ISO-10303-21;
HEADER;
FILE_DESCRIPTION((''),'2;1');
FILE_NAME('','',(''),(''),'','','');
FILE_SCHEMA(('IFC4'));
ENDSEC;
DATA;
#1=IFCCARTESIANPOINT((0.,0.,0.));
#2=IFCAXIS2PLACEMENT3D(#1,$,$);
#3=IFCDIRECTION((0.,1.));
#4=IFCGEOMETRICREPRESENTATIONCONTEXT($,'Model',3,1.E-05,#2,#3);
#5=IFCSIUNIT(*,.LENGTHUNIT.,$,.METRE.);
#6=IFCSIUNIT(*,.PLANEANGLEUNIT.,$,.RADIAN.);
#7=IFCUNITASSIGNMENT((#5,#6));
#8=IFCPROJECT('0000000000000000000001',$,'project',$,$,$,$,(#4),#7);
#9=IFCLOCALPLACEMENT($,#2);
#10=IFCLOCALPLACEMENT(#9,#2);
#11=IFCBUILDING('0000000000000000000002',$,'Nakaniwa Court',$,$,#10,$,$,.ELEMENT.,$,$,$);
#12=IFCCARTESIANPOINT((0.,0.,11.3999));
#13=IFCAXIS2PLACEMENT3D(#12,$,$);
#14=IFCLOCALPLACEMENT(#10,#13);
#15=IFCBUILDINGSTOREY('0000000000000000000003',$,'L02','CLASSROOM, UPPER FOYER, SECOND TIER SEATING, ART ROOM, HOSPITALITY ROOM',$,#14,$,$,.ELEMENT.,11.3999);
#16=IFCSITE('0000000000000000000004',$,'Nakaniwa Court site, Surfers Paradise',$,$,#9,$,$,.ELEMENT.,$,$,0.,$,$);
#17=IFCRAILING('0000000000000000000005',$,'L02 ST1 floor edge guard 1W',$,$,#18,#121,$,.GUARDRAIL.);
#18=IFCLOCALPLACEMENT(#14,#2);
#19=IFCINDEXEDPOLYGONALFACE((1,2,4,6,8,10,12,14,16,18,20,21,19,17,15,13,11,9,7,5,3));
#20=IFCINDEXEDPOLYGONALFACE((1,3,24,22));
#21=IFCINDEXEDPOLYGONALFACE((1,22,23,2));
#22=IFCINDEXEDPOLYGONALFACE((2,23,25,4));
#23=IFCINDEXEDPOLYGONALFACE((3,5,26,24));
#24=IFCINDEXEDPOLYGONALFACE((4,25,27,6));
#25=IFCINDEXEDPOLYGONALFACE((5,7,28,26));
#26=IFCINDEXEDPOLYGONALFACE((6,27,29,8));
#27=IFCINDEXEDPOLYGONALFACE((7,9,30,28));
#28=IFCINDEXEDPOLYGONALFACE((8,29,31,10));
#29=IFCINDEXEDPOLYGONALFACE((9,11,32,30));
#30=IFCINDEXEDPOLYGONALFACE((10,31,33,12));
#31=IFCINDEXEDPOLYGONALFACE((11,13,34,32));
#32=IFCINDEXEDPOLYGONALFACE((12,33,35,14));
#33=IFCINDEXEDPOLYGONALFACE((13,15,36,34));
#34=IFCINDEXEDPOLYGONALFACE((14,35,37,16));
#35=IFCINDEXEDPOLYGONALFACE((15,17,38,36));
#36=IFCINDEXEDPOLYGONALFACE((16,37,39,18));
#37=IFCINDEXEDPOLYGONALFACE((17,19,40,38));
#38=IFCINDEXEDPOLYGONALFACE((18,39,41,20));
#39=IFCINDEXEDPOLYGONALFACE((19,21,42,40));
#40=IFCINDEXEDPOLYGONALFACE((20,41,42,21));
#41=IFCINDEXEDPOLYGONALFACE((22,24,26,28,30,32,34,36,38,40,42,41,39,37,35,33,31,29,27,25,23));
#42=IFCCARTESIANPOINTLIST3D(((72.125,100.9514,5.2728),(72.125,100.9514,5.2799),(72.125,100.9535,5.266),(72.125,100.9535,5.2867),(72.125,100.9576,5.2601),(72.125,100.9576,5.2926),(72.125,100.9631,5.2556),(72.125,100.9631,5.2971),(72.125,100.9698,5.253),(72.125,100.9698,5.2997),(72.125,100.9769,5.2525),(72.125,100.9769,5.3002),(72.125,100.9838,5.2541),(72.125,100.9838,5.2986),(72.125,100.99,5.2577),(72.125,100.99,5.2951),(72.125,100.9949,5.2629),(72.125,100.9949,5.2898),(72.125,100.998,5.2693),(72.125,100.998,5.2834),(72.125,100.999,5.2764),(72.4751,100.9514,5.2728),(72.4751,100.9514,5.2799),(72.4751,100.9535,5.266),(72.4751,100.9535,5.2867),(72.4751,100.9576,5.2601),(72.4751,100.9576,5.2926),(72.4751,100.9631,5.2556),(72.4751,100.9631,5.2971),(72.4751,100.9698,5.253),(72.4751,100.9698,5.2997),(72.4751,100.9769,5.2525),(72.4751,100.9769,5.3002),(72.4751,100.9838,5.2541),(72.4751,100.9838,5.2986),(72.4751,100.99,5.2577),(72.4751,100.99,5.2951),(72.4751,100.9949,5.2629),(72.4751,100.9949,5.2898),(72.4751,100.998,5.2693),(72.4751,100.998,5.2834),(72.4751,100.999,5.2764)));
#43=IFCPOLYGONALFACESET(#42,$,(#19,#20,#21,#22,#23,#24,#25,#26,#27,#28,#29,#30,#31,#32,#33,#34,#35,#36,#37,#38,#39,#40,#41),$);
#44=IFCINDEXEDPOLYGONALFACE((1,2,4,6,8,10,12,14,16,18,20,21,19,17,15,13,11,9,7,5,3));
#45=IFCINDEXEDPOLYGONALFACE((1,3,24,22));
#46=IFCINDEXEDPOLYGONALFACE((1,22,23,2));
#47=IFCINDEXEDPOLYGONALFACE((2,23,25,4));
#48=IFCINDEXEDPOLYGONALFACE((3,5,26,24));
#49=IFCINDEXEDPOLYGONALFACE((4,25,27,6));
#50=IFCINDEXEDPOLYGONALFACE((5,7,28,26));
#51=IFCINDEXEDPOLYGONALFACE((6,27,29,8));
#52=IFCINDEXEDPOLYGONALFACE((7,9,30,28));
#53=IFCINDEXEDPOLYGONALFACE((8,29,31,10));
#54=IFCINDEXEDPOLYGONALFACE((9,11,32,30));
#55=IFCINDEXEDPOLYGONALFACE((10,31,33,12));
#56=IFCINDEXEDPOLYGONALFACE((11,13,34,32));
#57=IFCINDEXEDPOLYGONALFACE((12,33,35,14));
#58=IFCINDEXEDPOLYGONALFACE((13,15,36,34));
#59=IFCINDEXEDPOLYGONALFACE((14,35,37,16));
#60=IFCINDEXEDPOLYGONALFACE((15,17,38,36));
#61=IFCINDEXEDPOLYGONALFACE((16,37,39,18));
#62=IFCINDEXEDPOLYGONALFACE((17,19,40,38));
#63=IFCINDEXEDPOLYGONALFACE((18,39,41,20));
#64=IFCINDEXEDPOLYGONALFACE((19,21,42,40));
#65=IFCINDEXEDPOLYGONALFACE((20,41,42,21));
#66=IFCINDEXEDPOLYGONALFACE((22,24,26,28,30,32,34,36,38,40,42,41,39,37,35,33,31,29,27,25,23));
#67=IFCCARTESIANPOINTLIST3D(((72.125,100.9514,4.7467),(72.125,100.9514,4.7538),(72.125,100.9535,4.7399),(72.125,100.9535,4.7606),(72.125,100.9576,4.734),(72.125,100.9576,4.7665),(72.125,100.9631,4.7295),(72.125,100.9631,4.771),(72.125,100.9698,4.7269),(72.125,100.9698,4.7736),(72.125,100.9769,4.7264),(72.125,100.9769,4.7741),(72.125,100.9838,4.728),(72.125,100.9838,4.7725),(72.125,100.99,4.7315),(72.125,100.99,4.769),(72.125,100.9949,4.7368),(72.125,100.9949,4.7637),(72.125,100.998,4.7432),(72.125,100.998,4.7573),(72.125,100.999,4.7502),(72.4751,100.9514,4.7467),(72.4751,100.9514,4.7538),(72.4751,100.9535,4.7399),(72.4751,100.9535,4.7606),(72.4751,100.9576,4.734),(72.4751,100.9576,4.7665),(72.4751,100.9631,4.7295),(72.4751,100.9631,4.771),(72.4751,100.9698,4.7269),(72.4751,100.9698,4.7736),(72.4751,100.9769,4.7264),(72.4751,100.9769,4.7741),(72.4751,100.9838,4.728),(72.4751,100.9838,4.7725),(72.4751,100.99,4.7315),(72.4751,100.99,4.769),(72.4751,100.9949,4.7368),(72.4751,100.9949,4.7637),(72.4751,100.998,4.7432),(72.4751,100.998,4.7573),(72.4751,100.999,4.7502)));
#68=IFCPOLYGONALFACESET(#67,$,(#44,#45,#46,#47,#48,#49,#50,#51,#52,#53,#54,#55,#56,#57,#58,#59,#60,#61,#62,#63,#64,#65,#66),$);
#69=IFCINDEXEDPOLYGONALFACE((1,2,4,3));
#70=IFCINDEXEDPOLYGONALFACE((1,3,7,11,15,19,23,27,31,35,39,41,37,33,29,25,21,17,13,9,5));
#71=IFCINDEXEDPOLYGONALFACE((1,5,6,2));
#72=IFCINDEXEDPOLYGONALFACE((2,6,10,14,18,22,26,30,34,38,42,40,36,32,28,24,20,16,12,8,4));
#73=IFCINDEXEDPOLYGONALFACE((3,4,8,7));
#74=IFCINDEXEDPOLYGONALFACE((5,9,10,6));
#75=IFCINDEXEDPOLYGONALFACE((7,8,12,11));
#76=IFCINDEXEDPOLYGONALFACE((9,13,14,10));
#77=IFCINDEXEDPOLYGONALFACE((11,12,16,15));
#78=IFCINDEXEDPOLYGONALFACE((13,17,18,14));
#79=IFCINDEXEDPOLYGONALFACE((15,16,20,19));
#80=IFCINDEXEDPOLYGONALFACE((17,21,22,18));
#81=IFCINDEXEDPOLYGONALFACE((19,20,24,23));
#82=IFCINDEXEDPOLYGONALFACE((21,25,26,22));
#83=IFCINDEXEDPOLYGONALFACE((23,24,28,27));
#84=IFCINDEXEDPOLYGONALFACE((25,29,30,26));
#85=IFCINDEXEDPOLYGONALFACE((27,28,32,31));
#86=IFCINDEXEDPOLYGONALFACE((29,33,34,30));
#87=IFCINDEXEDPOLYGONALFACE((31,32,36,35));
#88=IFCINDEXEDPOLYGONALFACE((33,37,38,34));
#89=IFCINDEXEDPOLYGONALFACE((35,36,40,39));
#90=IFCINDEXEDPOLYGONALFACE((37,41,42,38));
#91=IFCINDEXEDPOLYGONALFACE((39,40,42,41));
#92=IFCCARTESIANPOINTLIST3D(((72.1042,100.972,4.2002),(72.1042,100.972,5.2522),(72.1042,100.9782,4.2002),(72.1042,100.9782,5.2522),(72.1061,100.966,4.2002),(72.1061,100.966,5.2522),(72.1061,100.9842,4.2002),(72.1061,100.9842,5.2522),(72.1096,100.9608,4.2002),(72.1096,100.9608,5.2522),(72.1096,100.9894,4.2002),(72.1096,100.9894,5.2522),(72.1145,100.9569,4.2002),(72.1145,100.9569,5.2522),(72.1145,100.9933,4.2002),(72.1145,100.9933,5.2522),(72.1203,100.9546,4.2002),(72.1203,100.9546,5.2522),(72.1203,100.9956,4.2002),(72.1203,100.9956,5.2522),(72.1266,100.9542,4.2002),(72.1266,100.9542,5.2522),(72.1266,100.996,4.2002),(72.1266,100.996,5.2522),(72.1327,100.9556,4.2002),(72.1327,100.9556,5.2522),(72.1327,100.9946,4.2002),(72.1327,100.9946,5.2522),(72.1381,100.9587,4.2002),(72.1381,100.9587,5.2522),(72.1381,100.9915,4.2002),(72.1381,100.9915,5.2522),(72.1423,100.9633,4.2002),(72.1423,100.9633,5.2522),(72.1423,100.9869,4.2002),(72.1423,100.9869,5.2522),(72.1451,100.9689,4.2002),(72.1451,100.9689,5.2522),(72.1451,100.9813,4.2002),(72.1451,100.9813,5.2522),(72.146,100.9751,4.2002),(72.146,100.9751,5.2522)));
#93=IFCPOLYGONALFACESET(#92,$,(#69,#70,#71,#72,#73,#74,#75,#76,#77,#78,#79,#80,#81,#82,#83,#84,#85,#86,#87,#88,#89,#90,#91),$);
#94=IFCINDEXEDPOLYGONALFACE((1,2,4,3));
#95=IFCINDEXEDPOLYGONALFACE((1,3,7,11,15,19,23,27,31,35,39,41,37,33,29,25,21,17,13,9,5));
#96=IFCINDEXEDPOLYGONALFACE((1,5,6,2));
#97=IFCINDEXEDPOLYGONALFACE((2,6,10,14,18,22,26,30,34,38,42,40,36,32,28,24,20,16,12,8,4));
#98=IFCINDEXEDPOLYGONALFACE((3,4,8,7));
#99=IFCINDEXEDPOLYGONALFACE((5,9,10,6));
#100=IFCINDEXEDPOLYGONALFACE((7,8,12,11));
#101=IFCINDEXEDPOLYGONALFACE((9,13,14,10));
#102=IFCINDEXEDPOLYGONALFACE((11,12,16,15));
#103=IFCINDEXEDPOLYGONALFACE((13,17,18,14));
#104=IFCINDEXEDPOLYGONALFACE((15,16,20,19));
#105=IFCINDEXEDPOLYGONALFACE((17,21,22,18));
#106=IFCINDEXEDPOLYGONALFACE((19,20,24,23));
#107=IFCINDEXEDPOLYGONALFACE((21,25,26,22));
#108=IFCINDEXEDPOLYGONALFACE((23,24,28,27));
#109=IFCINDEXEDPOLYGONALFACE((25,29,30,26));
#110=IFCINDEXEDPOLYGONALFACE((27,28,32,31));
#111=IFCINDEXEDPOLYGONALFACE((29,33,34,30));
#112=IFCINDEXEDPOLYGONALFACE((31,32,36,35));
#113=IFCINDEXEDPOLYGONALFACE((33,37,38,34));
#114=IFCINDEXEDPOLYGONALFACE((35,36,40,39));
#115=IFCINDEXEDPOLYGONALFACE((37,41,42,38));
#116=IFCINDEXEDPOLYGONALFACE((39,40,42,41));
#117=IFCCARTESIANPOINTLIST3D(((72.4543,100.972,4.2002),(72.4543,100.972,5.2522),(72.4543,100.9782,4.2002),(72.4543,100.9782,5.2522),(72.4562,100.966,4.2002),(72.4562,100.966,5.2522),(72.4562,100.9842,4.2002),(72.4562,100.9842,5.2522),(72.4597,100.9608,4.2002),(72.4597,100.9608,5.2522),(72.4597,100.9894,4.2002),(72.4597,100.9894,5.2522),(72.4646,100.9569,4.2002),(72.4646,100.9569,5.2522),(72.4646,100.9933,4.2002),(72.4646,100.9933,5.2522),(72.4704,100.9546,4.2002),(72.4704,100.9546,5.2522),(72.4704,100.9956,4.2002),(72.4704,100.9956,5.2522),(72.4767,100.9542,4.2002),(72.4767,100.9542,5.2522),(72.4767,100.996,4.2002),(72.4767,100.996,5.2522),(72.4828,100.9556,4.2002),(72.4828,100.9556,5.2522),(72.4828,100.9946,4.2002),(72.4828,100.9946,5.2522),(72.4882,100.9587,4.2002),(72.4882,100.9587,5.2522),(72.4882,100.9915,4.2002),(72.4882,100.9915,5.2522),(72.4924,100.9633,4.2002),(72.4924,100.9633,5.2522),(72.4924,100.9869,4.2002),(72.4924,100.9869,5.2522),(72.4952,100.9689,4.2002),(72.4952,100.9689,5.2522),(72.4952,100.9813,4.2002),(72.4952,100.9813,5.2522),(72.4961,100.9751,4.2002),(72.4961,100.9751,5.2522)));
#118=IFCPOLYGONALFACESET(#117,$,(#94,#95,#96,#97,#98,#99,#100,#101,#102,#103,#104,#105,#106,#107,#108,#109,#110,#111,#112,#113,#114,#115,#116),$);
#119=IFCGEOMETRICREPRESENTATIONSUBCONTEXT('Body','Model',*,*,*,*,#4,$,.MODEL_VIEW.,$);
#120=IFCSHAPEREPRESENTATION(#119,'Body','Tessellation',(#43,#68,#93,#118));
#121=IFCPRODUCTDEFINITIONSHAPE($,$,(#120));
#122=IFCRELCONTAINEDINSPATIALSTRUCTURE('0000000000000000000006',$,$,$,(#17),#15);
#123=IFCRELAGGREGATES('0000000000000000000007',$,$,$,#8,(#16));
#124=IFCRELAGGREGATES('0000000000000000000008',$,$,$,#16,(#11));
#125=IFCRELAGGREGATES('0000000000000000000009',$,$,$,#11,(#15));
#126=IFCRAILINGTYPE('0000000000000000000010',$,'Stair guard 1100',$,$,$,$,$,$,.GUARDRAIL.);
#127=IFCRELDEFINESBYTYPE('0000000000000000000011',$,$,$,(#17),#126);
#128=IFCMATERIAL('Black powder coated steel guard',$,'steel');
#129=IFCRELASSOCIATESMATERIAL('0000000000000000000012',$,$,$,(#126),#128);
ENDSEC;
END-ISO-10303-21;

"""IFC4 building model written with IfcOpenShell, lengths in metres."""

from ifc_helpers import new_model, si_unit, direction, frame, origin, origin_2d, place, context, subcontext, project, spatial, circle, extrude, material, type_object, element, save


model = new_model("IFC4")

# Units and contexts
model_context = context("Model", 3, precision=1e-05, world=origin(), true_north=direction((0.0, 1.0)))
body_context = subcontext(model_context, "Body", "Model", "MODEL_VIEW")
ifc_project = project(units=[si_unit("LENGTHUNIT", "METRE"), si_unit("PLANEANGLEUNIT", "RADIAN")], contexts=[model_context])

# Site, building, storey
site_placement = place(None, origin())
site = spatial("IfcSite", under=ifc_project, at=site_placement, Name="Nakaniwa Court site, Surfers Paradise", CompositionType="ELEMENT", RefElevation=0.0)
building_placement = place(site_placement, origin())
building = spatial("IfcBuilding", under=site, at=building_placement, Name="Nakaniwa Court", CompositionType="ELEMENT")
storey_placement = place(building_placement, frame((0.0, 0.0, 11.3999)))
storey = spatial("IfcBuildingStorey", under=building, at=storey_placement, Name="L02", Description="CLASSROOM, UPPER FOYER, SECOND TIER SEATING, ART ROOM, HOSPITALITY ROOM", CompositionType="ELEMENT", Elevation=11.3999)

# Railing
ifc_material_1 = material(Name="Black powder coated steel guard", Category="steel")
railing_type_1 = type_object("IfcRailingType", Name="Stair guard 1100", PredefinedType="GUARDRAIL", material=ifc_material_1)
for number, where, name in (
    (1, (72.125, 100.9751, 4.2002), "L02 ST1 floor edge guard 1W"),
):
    element("IfcRailing", number, at=place(storey_placement, frame(where)), inside=storey, type_object=railing_type_1, Name=name, PredefinedType="GUARDRAIL", context=body_context, shape_type="SweptSolid", body=[
        extrude(circle(Radius=0.0239, at=origin_2d()), frame((0.0, 0.0, 1.0762), z_axis=(1.0, 0.0, 0.0), x_axis=(0.0, 1.0, 0.0)), (0.0, 0.0, 1.0), 0.3501),
        extrude(circle(Radius=0.0239, at=origin_2d()), frame((0.0, 0.0, 0.55), z_axis=(1.0, 0.0, 0.0), x_axis=(0.0, 1.0, 0.0)), (0.0, 0.0, 1.0), 0.3501),
        extrude(circle(Radius=0.021, at=origin_2d()), origin(), (0.0, 0.0, 1.0), 1.052),
        extrude(circle(Radius=0.021, at=origin_2d()), frame((0.3501, 0.0, 0.0)), (0.0, 0.0, 1.0), 1.052),
    ])

save(model, "model.ifc")
